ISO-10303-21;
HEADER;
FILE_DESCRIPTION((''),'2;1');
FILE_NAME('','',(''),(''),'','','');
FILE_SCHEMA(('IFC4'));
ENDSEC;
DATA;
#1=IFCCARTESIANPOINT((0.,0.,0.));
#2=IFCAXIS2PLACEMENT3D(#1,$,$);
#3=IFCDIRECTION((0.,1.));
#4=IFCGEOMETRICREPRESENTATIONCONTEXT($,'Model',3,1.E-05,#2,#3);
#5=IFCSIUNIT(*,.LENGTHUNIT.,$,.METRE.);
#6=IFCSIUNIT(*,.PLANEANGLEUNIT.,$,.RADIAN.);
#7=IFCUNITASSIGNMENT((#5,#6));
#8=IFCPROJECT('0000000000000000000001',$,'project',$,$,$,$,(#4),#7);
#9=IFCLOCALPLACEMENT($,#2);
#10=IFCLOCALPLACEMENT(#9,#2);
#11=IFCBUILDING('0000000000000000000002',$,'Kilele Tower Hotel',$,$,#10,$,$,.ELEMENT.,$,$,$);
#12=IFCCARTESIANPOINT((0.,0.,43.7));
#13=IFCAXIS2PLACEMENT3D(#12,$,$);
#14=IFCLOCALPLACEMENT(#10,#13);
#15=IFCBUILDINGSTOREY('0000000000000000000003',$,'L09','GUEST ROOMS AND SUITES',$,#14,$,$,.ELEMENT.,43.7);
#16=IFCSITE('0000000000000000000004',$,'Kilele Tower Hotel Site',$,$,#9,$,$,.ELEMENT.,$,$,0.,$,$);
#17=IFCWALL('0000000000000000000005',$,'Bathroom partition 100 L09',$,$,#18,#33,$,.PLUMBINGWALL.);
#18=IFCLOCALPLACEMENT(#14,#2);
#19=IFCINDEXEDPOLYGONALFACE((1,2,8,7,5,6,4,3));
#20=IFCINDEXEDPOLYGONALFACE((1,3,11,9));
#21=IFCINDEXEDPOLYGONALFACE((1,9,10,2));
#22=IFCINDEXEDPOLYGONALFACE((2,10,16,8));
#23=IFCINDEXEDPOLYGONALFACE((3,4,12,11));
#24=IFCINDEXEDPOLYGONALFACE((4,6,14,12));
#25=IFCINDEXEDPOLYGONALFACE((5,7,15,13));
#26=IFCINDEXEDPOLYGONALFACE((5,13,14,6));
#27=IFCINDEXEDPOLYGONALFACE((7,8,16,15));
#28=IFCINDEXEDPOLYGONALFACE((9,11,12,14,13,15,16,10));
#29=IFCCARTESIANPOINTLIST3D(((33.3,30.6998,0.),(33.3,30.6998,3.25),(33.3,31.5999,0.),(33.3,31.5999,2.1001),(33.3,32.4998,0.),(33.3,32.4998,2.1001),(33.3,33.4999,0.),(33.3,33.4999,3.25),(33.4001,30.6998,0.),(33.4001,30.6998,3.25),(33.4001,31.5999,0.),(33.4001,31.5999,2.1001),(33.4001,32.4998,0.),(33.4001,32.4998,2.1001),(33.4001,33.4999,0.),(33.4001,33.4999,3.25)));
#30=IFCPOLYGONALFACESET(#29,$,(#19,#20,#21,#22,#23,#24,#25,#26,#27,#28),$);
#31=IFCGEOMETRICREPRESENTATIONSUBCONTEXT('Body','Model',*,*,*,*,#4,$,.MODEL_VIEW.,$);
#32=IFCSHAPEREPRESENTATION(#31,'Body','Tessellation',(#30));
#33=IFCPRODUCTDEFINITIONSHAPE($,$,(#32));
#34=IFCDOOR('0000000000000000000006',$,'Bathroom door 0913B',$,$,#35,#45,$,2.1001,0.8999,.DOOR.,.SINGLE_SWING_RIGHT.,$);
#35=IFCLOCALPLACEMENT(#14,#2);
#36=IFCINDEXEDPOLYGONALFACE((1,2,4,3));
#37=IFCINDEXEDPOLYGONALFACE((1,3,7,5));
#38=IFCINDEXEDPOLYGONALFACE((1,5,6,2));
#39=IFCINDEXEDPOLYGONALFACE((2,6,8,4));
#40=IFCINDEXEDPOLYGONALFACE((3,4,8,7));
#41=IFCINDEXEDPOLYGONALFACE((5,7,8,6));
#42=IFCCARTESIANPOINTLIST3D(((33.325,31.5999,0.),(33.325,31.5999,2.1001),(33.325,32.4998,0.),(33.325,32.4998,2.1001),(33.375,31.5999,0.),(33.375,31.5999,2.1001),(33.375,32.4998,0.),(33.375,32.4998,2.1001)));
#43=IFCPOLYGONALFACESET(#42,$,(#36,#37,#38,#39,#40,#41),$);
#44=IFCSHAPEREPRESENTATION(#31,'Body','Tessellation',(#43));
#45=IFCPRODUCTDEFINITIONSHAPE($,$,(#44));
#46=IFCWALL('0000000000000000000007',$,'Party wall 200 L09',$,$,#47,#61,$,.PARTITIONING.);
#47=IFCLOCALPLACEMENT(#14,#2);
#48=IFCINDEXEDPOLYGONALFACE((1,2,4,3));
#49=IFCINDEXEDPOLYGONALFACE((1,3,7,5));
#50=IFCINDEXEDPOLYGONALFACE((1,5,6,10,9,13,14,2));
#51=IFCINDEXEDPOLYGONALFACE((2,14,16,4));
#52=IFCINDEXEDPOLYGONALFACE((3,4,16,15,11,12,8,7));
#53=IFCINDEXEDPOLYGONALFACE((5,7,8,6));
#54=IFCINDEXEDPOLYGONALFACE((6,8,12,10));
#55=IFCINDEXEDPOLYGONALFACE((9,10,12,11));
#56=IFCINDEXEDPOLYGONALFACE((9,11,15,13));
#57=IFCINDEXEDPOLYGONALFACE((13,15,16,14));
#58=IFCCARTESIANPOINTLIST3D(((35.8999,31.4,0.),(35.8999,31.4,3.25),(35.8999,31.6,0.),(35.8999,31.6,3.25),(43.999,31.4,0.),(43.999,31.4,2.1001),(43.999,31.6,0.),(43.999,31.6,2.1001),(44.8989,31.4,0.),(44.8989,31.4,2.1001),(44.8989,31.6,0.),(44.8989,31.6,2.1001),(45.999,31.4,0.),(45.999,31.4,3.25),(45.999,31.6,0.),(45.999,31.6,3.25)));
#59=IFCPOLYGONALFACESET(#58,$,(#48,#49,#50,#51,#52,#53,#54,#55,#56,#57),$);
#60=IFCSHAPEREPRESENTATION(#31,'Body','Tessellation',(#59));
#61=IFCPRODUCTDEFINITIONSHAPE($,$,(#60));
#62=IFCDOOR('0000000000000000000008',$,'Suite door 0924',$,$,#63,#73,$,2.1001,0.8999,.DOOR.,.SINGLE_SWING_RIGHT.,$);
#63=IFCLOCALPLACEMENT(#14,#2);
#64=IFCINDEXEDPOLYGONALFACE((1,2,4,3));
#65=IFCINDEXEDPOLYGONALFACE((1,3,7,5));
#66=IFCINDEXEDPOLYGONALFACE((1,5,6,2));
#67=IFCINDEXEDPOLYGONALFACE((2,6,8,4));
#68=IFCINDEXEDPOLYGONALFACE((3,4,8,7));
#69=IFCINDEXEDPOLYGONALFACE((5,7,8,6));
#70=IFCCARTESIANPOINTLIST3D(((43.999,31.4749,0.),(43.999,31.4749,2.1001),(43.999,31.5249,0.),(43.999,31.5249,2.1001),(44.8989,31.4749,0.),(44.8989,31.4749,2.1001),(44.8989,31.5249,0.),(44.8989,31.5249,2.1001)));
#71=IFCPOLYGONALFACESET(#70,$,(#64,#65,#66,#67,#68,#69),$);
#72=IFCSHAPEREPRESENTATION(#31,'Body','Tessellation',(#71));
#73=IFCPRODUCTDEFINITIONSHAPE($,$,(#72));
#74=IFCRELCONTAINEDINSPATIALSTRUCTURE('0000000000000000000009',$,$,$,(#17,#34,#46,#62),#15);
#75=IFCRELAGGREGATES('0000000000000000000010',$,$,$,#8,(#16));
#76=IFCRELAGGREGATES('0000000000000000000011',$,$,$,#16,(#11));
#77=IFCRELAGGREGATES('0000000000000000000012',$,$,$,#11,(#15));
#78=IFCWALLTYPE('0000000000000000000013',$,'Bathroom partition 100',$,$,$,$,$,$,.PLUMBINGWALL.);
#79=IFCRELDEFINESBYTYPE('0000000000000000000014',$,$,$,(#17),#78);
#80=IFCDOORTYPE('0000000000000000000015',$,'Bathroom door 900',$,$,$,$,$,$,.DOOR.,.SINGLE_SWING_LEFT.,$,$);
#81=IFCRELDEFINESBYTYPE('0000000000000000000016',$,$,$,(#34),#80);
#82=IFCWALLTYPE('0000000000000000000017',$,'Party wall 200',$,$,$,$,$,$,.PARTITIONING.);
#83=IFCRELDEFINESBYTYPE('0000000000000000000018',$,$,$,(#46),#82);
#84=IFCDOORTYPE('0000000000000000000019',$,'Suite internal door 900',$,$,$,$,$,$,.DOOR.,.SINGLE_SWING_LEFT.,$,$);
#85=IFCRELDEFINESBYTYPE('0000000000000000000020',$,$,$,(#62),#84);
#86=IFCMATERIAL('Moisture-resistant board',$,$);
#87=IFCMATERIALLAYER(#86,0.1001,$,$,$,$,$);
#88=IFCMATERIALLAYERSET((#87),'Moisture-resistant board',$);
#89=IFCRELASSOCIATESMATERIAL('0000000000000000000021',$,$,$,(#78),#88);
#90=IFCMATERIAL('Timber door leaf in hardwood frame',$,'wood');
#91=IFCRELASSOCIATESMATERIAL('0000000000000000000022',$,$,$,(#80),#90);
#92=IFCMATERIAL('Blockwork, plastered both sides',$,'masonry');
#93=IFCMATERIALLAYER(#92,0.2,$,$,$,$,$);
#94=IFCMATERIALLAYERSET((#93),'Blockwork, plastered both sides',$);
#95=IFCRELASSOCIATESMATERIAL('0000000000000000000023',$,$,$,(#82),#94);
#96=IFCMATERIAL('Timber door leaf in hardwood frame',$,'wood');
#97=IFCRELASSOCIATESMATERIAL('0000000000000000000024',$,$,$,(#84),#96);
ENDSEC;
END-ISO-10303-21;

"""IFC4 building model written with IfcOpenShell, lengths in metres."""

from ifc_helpers import new_model, si_unit, direction, frame, frame_2d, origin, place, context, subcontext, project, spatial, rectangle, extrude, material, layer, layer_set, type_object, element, fill, save


model = new_model("IFC4")

# Units and contexts
model_context = context("Model", 3, precision=1e-05, world=origin(), true_north=direction((0.0, 1.0)))
body_context = subcontext(model_context, "Body", "Model", "MODEL_VIEW")
ifc_project = project(units=[si_unit("LENGTHUNIT", "METRE"), si_unit("PLANEANGLEUNIT", "RADIAN")], contexts=[model_context])

# Site, building, storey
site_placement = place(None, origin())
site = spatial("IfcSite", under=ifc_project, at=site_placement, Name="Kilele Tower Hotel Site", CompositionType="ELEMENT", RefElevation=0.0)
building_placement = place(site_placement, origin())
building = spatial("IfcBuilding", under=site, at=building_placement, Name="Kilele Tower Hotel", CompositionType="ELEMENT")
storey_placement = place(building_placement, frame((0.0, 0.0, 43.7)))
storey = spatial("IfcBuildingStorey", under=building, at=storey_placement, Name="L09", Description="GUEST ROOMS AND SUITES", CompositionType="ELEMENT", Elevation=43.7)

# Shared definitions
ifc_material_1 = material(Name="Moisture-resistant board")
ifc_layer_1 = layer(ifc_material_1, 0.1001)
ifc_layer_set_1 = layer_set([ifc_layer_1], Name="Moisture-resistant board")
wall_type_1 = type_object("IfcWallType", Name="Bathroom partition 100", PredefinedType="PLUMBINGWALL", material=ifc_layer_set_1)

# Walls, openings, doors
wall_1_placement = place(storey_placement, frame((33.3501, 30.7, 0.0), z_axis=(0.0, 0.0, 1.0), x_axis=(0.0, 1.0, 0.0)))
wall_1 = element("IfcWall", 1, at=wall_1_placement, inside=storey, type_object=wall_type_1, Name="Bathroom partition 100 L09", PredefinedType="PLUMBINGWALL", context=body_context, shape_type="SweptSolid", body=[
    extrude(rectangle(XDim=2.8, YDim=0.1001, at=frame_2d((1.3999, 0.0))), origin(), (0.0, 0.0, 1.0), 3.25),
])
opening_1_placement = place(wall_1_placement, frame((1.7998, 0.0, 0.0), z_axis=(0.0, 0.0, 1.0), x_axis=(-1.0, 0.0, 0.0)))
opening_1 = element("IfcOpeningElement", 2, at=opening_1_placement, cuts=wall_1, PredefinedType="OPENING", context=body_context, shape_type="SweptSolid", body=[
    extrude(rectangle(XDim=0.8999, YDim=2.1001, at=frame_2d((0.45, 1.05))), frame((0.0, 0.0601, 0.0), z_axis=(0.0, -1.0, 0.0), x_axis=(1.0, 0.0, 0.0)), (0.0, 0.0, 1.0), 0.1201),
])
ifc_material_2 = material(Name="Timber door leaf in hardwood frame", Category="wood")
door_type_1 = type_object("IfcDoorType", Name="Bathroom door 900", OperationType="SINGLE_SWING_LEFT", PredefinedType="DOOR", material=ifc_material_2)
door_1_placement = place(opening_1_placement, origin())
door_1 = element("IfcDoor", 3, at=door_1_placement, inside=storey, type_object=door_type_1, Name="Bathroom door 0913B", OperationType="SINGLE_SWING_RIGHT", OverallHeight=2.1001, OverallWidth=0.8999, PredefinedType="DOOR", context=body_context, shape_type="SweptSolid", body=[
    extrude(rectangle(XDim=0.8999, YDim=2.1001, at=frame_2d((0.45, 1.05))), frame((0.0, 0.0249, 0.0), z_axis=(0.0, -1.0, 0.0), x_axis=(1.0, 0.0, 0.0)), (0.0, 0.0, 1.0), 0.05),
])
fill(opening_1, door_1)
ifc_material_3 = material(Name="Blockwork, plastered both sides", Category="masonry")
ifc_layer_2 = layer(ifc_material_3, 0.2)
ifc_layer_set_2 = layer_set([ifc_layer_2], Name="Blockwork, plastered both sides")
wall_type_2 = type_object("IfcWallType", Name="Party wall 200", PredefinedType="PARTITIONING", material=ifc_layer_set_2)
wall_2_placement = place(storey_placement, frame((35.8999, 31.5, 0.0), z_axis=(0.0, 0.0, 1.0), x_axis=(1.0, 0.0, 0.0)))
wall_2 = element("IfcWall", 4, at=wall_2_placement, inside=storey, type_object=wall_type_2, Name="Party wall 200 L09", PredefinedType="PARTITIONING", context=body_context, shape_type="SweptSolid", body=[
    extrude(rectangle(XDim=10.0991, YDim=0.2, at=frame_2d((5.0496, 0.0))), origin(), (0.0, 0.0, 1.0), 3.25),
])
opening_2_placement = place(wall_2_placement, frame((8.0991, 0.0, 0.0)))
opening_2 = element("IfcOpeningElement", 5, at=opening_2_placement, cuts=wall_2, PredefinedType="OPENING", context=body_context, shape_type="SweptSolid", body=[
    extrude(rectangle(XDim=0.8999, YDim=2.1001, at=frame_2d((0.45, 1.05))), frame((0.0, 0.1099, 0.0), z_axis=(0.0, -1.0, 0.0), x_axis=(1.0, 0.0, 0.0)), (0.0, 0.0, 1.0), 0.22),
])
ifc_material_4 = material(Name="Timber door leaf in hardwood frame", Category="wood")
door_type_2 = type_object("IfcDoorType", Name="Suite internal door 900", OperationType="SINGLE_SWING_LEFT", PredefinedType="DOOR", material=ifc_material_4)
door_2_placement = place(opening_2_placement, origin())
door_2 = element("IfcDoor", 6, at=door_2_placement, inside=storey, type_object=door_type_2, Name="Suite door 0924", OperationType="SINGLE_SWING_RIGHT", OverallHeight=2.1001, OverallWidth=0.8999, PredefinedType="DOOR", context=body_context, shape_type="SweptSolid", body=[
    extrude(rectangle(XDim=0.8999, YDim=2.1001, at=frame_2d((0.45, 1.05))), frame((0.0, 0.0249, 0.0), z_axis=(0.0, -1.0, 0.0), x_axis=(1.0, 0.0, 0.0)), (0.0, 0.0, 1.0), 0.05),
])
fill(opening_2, door_2)

save(model, "model.ifc")
